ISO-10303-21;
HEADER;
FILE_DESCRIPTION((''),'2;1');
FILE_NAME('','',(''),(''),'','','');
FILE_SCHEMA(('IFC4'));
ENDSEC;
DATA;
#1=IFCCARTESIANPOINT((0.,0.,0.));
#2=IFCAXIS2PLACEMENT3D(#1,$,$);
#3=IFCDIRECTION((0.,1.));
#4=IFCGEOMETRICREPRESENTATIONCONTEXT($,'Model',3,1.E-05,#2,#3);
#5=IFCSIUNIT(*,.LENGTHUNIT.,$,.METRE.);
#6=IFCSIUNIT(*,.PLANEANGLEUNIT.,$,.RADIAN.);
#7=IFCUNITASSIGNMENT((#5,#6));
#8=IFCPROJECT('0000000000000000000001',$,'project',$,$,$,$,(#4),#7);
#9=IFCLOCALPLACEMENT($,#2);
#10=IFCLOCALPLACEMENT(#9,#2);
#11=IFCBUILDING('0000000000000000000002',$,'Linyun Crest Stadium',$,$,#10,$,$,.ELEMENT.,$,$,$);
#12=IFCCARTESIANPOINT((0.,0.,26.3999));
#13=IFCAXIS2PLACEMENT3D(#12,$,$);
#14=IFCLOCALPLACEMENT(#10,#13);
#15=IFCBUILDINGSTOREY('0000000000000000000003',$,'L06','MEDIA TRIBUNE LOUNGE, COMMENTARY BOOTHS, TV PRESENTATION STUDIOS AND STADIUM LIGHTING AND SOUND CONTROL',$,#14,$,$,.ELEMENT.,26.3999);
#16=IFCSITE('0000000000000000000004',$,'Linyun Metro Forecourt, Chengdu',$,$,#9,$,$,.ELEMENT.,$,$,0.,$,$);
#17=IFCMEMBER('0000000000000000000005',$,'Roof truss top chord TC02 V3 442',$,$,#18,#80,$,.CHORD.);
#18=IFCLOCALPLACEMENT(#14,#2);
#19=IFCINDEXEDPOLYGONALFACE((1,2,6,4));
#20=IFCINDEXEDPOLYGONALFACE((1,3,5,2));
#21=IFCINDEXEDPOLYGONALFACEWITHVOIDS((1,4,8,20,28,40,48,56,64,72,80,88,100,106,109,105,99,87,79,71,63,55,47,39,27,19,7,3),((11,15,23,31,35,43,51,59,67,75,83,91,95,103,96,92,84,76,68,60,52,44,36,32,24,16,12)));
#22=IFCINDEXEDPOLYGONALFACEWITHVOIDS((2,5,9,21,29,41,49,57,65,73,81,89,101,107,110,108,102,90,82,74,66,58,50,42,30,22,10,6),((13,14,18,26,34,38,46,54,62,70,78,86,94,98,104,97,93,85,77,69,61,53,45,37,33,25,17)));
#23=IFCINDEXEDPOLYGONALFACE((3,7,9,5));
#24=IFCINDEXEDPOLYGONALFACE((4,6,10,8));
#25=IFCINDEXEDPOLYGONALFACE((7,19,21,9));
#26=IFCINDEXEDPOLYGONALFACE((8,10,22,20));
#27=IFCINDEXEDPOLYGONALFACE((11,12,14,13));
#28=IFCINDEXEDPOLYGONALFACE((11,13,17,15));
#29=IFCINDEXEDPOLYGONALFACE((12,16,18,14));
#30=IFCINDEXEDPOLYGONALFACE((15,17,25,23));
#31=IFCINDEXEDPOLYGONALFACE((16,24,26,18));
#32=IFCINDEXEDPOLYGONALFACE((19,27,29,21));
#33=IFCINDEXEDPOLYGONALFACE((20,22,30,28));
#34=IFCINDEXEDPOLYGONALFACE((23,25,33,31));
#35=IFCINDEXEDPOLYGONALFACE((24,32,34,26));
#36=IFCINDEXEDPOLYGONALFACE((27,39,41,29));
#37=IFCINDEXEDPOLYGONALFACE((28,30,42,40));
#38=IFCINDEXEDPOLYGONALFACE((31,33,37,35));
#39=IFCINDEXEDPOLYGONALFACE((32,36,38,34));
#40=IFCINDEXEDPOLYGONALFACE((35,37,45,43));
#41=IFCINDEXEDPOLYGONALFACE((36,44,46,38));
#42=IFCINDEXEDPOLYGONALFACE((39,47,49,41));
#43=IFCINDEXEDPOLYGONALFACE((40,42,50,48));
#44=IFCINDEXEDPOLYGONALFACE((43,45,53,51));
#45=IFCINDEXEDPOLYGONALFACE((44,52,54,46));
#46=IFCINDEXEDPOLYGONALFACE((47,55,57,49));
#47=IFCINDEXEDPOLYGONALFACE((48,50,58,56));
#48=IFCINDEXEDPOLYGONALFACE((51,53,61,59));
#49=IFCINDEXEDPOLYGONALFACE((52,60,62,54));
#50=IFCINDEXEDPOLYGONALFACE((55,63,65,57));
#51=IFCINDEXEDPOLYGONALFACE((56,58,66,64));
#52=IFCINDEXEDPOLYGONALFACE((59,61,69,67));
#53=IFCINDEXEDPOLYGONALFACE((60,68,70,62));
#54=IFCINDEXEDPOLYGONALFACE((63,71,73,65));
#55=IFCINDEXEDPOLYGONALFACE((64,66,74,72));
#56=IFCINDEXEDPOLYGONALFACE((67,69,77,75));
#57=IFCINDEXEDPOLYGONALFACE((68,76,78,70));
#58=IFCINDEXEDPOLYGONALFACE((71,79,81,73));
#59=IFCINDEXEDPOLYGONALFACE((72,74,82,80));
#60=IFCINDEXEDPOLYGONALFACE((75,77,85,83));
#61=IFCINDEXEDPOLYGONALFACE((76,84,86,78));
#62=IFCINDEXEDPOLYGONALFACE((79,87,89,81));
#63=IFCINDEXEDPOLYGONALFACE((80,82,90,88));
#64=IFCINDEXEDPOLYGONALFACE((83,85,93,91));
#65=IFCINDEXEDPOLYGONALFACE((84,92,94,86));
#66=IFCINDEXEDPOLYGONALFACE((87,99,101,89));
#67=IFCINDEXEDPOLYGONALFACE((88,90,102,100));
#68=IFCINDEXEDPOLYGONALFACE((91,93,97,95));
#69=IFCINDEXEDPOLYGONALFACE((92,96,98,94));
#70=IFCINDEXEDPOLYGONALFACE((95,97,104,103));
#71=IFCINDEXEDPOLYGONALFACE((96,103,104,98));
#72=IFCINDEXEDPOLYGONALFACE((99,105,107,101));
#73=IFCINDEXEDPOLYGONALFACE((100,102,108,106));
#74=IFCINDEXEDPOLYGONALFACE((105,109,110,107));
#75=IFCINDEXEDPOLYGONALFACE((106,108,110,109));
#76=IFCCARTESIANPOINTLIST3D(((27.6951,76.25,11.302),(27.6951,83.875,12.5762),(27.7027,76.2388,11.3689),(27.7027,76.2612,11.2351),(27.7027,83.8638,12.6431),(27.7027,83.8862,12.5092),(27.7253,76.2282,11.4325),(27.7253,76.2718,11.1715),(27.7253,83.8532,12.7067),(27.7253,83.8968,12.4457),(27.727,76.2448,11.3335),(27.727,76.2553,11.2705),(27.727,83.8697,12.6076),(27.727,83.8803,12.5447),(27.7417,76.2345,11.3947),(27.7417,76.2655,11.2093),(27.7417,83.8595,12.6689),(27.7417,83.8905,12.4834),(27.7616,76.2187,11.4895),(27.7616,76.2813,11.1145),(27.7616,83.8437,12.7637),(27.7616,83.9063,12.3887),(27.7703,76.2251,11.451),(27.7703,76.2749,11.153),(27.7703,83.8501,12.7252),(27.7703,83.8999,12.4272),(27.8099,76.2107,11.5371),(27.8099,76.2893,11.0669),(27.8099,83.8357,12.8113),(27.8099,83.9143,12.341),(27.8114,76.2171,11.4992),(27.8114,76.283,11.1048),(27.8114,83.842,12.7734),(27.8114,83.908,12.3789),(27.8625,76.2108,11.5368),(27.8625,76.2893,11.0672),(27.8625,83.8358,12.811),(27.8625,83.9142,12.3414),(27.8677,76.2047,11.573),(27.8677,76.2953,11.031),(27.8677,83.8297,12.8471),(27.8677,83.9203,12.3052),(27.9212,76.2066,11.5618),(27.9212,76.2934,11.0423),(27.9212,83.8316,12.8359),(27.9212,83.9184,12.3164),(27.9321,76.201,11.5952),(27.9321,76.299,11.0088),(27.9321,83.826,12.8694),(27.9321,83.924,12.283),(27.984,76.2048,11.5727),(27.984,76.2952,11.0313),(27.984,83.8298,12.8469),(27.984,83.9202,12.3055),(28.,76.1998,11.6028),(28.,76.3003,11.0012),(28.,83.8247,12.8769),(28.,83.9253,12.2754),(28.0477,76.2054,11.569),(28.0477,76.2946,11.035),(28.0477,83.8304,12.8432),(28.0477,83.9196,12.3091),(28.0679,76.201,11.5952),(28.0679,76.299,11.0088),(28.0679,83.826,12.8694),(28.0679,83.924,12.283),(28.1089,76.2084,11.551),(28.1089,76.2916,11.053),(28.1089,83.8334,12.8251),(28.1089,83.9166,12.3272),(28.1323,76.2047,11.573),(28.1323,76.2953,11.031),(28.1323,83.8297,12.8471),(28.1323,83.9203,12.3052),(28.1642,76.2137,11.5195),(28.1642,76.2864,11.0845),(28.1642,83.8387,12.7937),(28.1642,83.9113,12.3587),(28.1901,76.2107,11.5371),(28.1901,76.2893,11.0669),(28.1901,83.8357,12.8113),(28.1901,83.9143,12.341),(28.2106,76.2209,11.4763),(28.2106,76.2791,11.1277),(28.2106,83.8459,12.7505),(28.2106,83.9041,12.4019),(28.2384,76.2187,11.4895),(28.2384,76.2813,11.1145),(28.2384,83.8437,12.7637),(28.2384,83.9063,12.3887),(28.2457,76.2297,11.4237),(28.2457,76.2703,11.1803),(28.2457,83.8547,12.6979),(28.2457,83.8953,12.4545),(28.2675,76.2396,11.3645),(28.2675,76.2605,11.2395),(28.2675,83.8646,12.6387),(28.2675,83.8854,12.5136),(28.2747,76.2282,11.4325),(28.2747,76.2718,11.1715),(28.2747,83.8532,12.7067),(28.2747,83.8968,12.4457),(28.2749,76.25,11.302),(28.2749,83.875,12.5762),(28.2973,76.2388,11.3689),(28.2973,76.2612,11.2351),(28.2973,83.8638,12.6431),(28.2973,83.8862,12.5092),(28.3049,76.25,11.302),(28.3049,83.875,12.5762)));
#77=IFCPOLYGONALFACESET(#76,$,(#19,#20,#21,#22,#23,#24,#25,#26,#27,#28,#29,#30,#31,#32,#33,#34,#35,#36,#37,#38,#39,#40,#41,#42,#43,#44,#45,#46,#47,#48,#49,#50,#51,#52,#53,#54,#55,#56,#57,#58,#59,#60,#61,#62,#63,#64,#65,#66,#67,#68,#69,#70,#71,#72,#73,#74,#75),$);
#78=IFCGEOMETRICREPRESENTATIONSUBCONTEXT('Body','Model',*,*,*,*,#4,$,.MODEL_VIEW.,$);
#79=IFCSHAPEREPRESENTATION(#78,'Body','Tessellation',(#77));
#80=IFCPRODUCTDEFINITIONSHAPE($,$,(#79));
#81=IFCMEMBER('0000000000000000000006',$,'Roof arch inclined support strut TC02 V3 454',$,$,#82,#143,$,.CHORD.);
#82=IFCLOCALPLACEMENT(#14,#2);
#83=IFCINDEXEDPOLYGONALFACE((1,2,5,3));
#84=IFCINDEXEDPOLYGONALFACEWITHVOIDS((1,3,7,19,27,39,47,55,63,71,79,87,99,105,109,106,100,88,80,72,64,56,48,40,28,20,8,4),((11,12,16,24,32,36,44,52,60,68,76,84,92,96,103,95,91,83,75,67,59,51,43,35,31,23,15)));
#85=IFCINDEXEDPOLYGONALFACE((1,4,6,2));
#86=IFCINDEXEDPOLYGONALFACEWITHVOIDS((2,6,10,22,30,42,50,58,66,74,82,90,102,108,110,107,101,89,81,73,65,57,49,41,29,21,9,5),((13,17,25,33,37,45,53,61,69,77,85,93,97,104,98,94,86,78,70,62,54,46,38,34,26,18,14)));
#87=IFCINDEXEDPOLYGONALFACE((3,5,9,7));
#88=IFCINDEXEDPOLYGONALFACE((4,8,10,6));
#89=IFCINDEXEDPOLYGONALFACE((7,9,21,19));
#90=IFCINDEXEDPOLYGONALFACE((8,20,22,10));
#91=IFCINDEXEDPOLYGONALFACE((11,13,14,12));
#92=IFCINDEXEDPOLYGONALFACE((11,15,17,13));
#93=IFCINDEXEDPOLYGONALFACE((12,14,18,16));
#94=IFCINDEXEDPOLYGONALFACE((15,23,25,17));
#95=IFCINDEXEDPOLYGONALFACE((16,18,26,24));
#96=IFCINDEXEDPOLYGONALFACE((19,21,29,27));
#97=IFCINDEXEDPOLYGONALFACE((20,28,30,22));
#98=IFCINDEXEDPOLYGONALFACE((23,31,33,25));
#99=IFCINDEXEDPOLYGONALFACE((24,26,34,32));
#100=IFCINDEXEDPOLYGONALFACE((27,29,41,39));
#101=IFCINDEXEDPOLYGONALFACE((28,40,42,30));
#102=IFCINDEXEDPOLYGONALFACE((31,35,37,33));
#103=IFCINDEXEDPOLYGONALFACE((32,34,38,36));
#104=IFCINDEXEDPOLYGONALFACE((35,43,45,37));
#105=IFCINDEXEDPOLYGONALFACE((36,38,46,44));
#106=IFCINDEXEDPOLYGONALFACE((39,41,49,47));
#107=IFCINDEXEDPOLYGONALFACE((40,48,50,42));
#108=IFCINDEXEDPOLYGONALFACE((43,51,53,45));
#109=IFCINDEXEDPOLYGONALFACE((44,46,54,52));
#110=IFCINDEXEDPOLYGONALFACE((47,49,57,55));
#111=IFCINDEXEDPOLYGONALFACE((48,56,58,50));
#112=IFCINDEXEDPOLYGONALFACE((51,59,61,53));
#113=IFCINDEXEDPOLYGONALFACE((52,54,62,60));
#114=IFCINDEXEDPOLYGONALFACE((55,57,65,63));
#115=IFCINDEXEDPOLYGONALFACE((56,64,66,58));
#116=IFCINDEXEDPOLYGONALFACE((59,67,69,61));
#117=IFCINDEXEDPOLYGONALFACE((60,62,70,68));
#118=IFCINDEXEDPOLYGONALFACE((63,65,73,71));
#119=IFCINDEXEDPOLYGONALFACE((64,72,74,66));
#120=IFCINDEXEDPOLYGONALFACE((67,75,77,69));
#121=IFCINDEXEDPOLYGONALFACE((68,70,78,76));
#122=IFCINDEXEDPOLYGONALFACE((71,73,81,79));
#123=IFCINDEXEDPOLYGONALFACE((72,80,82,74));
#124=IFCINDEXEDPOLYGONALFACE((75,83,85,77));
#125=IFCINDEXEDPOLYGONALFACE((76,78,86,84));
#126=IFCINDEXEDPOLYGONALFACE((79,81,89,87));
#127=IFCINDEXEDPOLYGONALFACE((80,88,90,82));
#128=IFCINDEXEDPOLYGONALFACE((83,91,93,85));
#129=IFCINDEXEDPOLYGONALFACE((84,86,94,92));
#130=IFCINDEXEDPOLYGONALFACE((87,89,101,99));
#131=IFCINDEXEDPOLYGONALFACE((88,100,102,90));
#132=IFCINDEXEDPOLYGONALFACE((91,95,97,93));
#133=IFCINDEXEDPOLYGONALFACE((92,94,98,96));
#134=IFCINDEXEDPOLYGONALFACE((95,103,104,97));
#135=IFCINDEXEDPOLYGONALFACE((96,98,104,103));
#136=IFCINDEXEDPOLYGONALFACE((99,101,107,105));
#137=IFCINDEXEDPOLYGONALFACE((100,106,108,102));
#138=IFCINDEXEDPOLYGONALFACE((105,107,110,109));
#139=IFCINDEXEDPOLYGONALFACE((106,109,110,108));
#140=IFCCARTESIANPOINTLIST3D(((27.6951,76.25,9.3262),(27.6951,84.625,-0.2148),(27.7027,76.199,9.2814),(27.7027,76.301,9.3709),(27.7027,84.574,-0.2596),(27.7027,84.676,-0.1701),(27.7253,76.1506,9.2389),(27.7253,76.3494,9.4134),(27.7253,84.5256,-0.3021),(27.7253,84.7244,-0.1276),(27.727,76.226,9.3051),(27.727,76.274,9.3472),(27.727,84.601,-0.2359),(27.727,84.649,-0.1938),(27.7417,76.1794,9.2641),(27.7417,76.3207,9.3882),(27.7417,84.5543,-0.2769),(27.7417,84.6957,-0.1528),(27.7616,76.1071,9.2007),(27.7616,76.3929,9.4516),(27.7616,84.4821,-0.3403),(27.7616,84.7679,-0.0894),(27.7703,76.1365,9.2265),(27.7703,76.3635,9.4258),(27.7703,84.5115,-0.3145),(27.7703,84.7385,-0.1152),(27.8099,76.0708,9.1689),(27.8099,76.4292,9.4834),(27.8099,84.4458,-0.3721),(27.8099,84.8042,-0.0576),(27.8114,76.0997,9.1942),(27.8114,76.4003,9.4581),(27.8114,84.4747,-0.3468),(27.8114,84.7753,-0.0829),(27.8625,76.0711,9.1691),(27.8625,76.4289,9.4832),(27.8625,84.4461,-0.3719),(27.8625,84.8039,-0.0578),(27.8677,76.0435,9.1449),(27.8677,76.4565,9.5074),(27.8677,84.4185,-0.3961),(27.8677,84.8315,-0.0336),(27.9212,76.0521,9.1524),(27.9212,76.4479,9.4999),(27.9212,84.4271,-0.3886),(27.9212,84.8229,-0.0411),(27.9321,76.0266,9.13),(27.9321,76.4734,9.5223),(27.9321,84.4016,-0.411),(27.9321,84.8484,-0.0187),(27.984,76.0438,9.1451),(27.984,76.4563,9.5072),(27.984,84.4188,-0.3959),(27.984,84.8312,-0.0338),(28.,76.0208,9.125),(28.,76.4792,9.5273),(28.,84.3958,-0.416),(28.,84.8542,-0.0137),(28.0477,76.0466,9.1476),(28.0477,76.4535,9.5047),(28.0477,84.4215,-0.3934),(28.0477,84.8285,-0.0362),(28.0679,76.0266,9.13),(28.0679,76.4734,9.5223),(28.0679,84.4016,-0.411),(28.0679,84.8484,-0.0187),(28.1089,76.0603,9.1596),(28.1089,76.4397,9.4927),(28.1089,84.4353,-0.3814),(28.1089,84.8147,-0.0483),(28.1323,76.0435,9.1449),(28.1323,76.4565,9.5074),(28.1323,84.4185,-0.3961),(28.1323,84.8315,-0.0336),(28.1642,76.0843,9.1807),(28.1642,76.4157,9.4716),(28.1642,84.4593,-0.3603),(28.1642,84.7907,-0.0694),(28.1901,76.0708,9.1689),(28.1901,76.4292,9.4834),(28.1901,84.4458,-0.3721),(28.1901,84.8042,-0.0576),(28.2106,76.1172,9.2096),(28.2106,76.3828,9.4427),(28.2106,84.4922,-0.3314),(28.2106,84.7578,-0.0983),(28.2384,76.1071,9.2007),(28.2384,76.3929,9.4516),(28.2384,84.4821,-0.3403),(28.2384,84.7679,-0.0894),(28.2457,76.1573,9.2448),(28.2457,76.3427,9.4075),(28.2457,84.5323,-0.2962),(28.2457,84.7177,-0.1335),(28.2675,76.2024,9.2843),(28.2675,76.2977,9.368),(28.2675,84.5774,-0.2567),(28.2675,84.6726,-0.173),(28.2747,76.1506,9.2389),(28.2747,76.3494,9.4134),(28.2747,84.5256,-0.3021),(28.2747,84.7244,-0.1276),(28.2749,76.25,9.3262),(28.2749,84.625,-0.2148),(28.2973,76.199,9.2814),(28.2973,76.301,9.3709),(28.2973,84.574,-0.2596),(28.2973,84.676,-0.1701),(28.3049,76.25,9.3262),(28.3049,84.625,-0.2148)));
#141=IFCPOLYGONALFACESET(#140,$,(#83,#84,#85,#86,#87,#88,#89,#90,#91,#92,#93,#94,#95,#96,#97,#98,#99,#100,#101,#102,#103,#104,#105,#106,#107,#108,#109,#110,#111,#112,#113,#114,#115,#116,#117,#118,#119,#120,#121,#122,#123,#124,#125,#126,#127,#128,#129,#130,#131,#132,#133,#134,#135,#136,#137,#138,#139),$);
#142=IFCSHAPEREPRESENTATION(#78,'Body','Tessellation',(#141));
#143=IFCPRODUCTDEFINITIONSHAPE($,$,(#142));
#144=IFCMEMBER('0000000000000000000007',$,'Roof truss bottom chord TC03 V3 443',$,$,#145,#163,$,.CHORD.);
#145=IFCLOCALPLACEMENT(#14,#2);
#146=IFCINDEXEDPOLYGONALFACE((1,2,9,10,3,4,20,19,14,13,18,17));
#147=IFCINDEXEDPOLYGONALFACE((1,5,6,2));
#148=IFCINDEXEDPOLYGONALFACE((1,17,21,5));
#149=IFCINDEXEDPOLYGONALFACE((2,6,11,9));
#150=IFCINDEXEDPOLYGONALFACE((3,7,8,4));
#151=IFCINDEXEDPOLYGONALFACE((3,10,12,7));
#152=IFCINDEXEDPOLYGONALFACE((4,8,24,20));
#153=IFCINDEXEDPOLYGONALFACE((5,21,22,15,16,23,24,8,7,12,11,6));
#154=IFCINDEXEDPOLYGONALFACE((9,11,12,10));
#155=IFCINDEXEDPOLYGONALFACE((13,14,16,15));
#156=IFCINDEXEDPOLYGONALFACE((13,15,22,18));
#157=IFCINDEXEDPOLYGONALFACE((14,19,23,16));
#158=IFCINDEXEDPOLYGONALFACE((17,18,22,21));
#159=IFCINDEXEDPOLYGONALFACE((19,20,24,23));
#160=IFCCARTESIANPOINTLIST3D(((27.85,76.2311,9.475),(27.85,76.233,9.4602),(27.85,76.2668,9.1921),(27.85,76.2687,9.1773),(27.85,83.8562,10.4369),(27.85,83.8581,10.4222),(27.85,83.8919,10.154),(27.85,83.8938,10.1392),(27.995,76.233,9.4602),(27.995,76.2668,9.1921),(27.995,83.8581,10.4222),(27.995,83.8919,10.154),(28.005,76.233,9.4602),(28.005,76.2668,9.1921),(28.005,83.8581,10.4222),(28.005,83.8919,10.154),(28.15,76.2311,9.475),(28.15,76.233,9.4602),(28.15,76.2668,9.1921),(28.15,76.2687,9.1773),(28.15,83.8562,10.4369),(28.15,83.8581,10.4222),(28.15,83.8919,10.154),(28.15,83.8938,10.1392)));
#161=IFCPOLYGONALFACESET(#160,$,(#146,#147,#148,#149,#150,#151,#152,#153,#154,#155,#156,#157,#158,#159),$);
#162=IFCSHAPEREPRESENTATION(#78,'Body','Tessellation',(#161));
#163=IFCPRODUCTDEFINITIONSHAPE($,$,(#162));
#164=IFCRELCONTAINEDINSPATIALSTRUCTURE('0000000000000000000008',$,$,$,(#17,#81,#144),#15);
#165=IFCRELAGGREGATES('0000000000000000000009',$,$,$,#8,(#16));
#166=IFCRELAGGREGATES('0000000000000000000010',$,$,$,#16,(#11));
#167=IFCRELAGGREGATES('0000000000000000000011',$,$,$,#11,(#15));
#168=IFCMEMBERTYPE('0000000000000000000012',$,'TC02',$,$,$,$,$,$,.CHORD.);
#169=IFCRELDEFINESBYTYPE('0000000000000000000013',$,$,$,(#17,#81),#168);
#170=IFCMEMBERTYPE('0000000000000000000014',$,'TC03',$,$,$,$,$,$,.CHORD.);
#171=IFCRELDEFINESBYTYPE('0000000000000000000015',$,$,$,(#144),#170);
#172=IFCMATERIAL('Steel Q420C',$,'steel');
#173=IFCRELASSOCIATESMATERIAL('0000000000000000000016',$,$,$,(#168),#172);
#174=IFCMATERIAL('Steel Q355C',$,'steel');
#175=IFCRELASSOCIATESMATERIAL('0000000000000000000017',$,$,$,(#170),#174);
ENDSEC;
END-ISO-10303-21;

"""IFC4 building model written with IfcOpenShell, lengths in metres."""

from ifc_helpers import new_model, si_unit, direction, frame, origin, origin_2d, place, context, subcontext, project, spatial, hollow_circle, i_section, extrude, material, material_profile, profile_set, type_object, element, save


model = new_model("IFC4")

# Units and contexts
model_context = context("Model", 3, precision=1e-05, world=origin(), true_north=direction((0.0, 1.0)))
body_context = subcontext(model_context, "Body", "Model", "MODEL_VIEW")
ifc_project = project(units=[si_unit("LENGTHUNIT", "METRE"), si_unit("PLANEANGLEUNIT", "RADIAN")], contexts=[model_context])

# Site, building, storey
site_placement = place(None, origin())
site = spatial("IfcSite", under=ifc_project, at=site_placement, Name="Linyun Metro Forecourt, Chengdu", CompositionType="ELEMENT", RefElevation=0.0)
building_placement = place(site_placement, origin())
building = spatial("IfcBuilding", under=site, at=building_placement, Name="Linyun Crest Stadium", CompositionType="ELEMENT")
storey_placement = place(building_placement, frame((0.0, 0.0, 26.3999)))
storey = spatial("IfcBuildingStorey", under=building, at=storey_placement, Name="L06", Description="MEDIA TRIBUNE LOUNGE, COMMENTARY BOOTHS, TV PRESENTATION STUDIOS AND STADIUM LIGHTING AND SOUND CONTROL", CompositionType="ELEMENT", Elevation=26.3999)

# Members
ifc_material_1 = material(Name="Steel Q420C", Category="steel")
ifc_material_profile_1 = material_profile(ifc_material_1, hollow_circle(Radius=0.3049, WallThickness=0.03, at=origin_2d()), Name="CHS 610x30")
ifc_profile_set_1 = profile_set([ifc_material_profile_1], Name="Steel Q420C")
member_type_1 = type_object("IfcMemberType", Name="TC02", PredefinedType="CHORD", material=ifc_profile_set_1)
member_1_placement = place(storey_placement, frame((28.0, 83.875, 12.5762), z_axis=(0.0, -0.986324, -0.164819), x_axis=(1.0, 0.0, 0.0)))
element("IfcMember", 1, at=member_1_placement, inside=storey, type_object=member_type_1, Name="Roof truss top chord TC02 V3 442", PredefinedType="CHORD", context=body_context, shape_type="SweptSolid", body=[
    extrude(hollow_circle(Radius=0.3049, WallThickness=0.03, at=origin_2d()), origin(), (0.0, 0.0, 1.0), 7.7307),
])
member_2_placement = place(storey_placement, frame((28.0, 84.625, -0.2148), z_axis=(0.0, -0.659691, 0.751537), x_axis=(1.0, 0.0, 0.0)))
element("IfcMember", 2, at=member_2_placement, inside=storey, type_object=member_type_1, Name="Roof arch inclined support strut TC02 V3 454", PredefinedType="CHORD", context=body_context, shape_type="SweptSolid", body=[
    extrude(hollow_circle(Radius=0.3049, WallThickness=0.03, at=origin_2d()), origin(), (0.0, 0.0, 1.0), 12.6953),
])
ifc_material_2 = material(Name="Steel Q355C", Category="steel")
ifc_material_profile_2 = material_profile(ifc_material_2, i_section(OverallWidth=0.3, OverallDepth=0.3, WebThickness=0.01, FlangeThickness=0.0149, at=origin_2d()), Name="HW 300x300")
ifc_profile_set_2 = profile_set([ifc_material_profile_2], Name="Steel Q355C")
member_type_2 = type_object("IfcMemberType", Name="TC03", PredefinedType="CHORD", material=ifc_profile_set_2)
member_3_placement = place(storey_placement, frame((28.0, 83.875, 10.2881), z_axis=(0.0, -0.992136, -0.125161), x_axis=(1.0, 0.0, 0.0)))
element("IfcMember", 3, at=member_3_placement, inside=storey, type_object=member_type_2, Name="Roof truss bottom chord TC03 V3 443", PredefinedType="CHORD", context=body_context, shape_type="SweptSolid", body=[
    extrude(i_section(OverallWidth=0.3, OverallDepth=0.3, WebThickness=0.01, FlangeThickness=0.0149, at=origin_2d()), origin(), (0.0, 0.0, 1.0), 7.6855),
])

save(model, "model.ifc")
